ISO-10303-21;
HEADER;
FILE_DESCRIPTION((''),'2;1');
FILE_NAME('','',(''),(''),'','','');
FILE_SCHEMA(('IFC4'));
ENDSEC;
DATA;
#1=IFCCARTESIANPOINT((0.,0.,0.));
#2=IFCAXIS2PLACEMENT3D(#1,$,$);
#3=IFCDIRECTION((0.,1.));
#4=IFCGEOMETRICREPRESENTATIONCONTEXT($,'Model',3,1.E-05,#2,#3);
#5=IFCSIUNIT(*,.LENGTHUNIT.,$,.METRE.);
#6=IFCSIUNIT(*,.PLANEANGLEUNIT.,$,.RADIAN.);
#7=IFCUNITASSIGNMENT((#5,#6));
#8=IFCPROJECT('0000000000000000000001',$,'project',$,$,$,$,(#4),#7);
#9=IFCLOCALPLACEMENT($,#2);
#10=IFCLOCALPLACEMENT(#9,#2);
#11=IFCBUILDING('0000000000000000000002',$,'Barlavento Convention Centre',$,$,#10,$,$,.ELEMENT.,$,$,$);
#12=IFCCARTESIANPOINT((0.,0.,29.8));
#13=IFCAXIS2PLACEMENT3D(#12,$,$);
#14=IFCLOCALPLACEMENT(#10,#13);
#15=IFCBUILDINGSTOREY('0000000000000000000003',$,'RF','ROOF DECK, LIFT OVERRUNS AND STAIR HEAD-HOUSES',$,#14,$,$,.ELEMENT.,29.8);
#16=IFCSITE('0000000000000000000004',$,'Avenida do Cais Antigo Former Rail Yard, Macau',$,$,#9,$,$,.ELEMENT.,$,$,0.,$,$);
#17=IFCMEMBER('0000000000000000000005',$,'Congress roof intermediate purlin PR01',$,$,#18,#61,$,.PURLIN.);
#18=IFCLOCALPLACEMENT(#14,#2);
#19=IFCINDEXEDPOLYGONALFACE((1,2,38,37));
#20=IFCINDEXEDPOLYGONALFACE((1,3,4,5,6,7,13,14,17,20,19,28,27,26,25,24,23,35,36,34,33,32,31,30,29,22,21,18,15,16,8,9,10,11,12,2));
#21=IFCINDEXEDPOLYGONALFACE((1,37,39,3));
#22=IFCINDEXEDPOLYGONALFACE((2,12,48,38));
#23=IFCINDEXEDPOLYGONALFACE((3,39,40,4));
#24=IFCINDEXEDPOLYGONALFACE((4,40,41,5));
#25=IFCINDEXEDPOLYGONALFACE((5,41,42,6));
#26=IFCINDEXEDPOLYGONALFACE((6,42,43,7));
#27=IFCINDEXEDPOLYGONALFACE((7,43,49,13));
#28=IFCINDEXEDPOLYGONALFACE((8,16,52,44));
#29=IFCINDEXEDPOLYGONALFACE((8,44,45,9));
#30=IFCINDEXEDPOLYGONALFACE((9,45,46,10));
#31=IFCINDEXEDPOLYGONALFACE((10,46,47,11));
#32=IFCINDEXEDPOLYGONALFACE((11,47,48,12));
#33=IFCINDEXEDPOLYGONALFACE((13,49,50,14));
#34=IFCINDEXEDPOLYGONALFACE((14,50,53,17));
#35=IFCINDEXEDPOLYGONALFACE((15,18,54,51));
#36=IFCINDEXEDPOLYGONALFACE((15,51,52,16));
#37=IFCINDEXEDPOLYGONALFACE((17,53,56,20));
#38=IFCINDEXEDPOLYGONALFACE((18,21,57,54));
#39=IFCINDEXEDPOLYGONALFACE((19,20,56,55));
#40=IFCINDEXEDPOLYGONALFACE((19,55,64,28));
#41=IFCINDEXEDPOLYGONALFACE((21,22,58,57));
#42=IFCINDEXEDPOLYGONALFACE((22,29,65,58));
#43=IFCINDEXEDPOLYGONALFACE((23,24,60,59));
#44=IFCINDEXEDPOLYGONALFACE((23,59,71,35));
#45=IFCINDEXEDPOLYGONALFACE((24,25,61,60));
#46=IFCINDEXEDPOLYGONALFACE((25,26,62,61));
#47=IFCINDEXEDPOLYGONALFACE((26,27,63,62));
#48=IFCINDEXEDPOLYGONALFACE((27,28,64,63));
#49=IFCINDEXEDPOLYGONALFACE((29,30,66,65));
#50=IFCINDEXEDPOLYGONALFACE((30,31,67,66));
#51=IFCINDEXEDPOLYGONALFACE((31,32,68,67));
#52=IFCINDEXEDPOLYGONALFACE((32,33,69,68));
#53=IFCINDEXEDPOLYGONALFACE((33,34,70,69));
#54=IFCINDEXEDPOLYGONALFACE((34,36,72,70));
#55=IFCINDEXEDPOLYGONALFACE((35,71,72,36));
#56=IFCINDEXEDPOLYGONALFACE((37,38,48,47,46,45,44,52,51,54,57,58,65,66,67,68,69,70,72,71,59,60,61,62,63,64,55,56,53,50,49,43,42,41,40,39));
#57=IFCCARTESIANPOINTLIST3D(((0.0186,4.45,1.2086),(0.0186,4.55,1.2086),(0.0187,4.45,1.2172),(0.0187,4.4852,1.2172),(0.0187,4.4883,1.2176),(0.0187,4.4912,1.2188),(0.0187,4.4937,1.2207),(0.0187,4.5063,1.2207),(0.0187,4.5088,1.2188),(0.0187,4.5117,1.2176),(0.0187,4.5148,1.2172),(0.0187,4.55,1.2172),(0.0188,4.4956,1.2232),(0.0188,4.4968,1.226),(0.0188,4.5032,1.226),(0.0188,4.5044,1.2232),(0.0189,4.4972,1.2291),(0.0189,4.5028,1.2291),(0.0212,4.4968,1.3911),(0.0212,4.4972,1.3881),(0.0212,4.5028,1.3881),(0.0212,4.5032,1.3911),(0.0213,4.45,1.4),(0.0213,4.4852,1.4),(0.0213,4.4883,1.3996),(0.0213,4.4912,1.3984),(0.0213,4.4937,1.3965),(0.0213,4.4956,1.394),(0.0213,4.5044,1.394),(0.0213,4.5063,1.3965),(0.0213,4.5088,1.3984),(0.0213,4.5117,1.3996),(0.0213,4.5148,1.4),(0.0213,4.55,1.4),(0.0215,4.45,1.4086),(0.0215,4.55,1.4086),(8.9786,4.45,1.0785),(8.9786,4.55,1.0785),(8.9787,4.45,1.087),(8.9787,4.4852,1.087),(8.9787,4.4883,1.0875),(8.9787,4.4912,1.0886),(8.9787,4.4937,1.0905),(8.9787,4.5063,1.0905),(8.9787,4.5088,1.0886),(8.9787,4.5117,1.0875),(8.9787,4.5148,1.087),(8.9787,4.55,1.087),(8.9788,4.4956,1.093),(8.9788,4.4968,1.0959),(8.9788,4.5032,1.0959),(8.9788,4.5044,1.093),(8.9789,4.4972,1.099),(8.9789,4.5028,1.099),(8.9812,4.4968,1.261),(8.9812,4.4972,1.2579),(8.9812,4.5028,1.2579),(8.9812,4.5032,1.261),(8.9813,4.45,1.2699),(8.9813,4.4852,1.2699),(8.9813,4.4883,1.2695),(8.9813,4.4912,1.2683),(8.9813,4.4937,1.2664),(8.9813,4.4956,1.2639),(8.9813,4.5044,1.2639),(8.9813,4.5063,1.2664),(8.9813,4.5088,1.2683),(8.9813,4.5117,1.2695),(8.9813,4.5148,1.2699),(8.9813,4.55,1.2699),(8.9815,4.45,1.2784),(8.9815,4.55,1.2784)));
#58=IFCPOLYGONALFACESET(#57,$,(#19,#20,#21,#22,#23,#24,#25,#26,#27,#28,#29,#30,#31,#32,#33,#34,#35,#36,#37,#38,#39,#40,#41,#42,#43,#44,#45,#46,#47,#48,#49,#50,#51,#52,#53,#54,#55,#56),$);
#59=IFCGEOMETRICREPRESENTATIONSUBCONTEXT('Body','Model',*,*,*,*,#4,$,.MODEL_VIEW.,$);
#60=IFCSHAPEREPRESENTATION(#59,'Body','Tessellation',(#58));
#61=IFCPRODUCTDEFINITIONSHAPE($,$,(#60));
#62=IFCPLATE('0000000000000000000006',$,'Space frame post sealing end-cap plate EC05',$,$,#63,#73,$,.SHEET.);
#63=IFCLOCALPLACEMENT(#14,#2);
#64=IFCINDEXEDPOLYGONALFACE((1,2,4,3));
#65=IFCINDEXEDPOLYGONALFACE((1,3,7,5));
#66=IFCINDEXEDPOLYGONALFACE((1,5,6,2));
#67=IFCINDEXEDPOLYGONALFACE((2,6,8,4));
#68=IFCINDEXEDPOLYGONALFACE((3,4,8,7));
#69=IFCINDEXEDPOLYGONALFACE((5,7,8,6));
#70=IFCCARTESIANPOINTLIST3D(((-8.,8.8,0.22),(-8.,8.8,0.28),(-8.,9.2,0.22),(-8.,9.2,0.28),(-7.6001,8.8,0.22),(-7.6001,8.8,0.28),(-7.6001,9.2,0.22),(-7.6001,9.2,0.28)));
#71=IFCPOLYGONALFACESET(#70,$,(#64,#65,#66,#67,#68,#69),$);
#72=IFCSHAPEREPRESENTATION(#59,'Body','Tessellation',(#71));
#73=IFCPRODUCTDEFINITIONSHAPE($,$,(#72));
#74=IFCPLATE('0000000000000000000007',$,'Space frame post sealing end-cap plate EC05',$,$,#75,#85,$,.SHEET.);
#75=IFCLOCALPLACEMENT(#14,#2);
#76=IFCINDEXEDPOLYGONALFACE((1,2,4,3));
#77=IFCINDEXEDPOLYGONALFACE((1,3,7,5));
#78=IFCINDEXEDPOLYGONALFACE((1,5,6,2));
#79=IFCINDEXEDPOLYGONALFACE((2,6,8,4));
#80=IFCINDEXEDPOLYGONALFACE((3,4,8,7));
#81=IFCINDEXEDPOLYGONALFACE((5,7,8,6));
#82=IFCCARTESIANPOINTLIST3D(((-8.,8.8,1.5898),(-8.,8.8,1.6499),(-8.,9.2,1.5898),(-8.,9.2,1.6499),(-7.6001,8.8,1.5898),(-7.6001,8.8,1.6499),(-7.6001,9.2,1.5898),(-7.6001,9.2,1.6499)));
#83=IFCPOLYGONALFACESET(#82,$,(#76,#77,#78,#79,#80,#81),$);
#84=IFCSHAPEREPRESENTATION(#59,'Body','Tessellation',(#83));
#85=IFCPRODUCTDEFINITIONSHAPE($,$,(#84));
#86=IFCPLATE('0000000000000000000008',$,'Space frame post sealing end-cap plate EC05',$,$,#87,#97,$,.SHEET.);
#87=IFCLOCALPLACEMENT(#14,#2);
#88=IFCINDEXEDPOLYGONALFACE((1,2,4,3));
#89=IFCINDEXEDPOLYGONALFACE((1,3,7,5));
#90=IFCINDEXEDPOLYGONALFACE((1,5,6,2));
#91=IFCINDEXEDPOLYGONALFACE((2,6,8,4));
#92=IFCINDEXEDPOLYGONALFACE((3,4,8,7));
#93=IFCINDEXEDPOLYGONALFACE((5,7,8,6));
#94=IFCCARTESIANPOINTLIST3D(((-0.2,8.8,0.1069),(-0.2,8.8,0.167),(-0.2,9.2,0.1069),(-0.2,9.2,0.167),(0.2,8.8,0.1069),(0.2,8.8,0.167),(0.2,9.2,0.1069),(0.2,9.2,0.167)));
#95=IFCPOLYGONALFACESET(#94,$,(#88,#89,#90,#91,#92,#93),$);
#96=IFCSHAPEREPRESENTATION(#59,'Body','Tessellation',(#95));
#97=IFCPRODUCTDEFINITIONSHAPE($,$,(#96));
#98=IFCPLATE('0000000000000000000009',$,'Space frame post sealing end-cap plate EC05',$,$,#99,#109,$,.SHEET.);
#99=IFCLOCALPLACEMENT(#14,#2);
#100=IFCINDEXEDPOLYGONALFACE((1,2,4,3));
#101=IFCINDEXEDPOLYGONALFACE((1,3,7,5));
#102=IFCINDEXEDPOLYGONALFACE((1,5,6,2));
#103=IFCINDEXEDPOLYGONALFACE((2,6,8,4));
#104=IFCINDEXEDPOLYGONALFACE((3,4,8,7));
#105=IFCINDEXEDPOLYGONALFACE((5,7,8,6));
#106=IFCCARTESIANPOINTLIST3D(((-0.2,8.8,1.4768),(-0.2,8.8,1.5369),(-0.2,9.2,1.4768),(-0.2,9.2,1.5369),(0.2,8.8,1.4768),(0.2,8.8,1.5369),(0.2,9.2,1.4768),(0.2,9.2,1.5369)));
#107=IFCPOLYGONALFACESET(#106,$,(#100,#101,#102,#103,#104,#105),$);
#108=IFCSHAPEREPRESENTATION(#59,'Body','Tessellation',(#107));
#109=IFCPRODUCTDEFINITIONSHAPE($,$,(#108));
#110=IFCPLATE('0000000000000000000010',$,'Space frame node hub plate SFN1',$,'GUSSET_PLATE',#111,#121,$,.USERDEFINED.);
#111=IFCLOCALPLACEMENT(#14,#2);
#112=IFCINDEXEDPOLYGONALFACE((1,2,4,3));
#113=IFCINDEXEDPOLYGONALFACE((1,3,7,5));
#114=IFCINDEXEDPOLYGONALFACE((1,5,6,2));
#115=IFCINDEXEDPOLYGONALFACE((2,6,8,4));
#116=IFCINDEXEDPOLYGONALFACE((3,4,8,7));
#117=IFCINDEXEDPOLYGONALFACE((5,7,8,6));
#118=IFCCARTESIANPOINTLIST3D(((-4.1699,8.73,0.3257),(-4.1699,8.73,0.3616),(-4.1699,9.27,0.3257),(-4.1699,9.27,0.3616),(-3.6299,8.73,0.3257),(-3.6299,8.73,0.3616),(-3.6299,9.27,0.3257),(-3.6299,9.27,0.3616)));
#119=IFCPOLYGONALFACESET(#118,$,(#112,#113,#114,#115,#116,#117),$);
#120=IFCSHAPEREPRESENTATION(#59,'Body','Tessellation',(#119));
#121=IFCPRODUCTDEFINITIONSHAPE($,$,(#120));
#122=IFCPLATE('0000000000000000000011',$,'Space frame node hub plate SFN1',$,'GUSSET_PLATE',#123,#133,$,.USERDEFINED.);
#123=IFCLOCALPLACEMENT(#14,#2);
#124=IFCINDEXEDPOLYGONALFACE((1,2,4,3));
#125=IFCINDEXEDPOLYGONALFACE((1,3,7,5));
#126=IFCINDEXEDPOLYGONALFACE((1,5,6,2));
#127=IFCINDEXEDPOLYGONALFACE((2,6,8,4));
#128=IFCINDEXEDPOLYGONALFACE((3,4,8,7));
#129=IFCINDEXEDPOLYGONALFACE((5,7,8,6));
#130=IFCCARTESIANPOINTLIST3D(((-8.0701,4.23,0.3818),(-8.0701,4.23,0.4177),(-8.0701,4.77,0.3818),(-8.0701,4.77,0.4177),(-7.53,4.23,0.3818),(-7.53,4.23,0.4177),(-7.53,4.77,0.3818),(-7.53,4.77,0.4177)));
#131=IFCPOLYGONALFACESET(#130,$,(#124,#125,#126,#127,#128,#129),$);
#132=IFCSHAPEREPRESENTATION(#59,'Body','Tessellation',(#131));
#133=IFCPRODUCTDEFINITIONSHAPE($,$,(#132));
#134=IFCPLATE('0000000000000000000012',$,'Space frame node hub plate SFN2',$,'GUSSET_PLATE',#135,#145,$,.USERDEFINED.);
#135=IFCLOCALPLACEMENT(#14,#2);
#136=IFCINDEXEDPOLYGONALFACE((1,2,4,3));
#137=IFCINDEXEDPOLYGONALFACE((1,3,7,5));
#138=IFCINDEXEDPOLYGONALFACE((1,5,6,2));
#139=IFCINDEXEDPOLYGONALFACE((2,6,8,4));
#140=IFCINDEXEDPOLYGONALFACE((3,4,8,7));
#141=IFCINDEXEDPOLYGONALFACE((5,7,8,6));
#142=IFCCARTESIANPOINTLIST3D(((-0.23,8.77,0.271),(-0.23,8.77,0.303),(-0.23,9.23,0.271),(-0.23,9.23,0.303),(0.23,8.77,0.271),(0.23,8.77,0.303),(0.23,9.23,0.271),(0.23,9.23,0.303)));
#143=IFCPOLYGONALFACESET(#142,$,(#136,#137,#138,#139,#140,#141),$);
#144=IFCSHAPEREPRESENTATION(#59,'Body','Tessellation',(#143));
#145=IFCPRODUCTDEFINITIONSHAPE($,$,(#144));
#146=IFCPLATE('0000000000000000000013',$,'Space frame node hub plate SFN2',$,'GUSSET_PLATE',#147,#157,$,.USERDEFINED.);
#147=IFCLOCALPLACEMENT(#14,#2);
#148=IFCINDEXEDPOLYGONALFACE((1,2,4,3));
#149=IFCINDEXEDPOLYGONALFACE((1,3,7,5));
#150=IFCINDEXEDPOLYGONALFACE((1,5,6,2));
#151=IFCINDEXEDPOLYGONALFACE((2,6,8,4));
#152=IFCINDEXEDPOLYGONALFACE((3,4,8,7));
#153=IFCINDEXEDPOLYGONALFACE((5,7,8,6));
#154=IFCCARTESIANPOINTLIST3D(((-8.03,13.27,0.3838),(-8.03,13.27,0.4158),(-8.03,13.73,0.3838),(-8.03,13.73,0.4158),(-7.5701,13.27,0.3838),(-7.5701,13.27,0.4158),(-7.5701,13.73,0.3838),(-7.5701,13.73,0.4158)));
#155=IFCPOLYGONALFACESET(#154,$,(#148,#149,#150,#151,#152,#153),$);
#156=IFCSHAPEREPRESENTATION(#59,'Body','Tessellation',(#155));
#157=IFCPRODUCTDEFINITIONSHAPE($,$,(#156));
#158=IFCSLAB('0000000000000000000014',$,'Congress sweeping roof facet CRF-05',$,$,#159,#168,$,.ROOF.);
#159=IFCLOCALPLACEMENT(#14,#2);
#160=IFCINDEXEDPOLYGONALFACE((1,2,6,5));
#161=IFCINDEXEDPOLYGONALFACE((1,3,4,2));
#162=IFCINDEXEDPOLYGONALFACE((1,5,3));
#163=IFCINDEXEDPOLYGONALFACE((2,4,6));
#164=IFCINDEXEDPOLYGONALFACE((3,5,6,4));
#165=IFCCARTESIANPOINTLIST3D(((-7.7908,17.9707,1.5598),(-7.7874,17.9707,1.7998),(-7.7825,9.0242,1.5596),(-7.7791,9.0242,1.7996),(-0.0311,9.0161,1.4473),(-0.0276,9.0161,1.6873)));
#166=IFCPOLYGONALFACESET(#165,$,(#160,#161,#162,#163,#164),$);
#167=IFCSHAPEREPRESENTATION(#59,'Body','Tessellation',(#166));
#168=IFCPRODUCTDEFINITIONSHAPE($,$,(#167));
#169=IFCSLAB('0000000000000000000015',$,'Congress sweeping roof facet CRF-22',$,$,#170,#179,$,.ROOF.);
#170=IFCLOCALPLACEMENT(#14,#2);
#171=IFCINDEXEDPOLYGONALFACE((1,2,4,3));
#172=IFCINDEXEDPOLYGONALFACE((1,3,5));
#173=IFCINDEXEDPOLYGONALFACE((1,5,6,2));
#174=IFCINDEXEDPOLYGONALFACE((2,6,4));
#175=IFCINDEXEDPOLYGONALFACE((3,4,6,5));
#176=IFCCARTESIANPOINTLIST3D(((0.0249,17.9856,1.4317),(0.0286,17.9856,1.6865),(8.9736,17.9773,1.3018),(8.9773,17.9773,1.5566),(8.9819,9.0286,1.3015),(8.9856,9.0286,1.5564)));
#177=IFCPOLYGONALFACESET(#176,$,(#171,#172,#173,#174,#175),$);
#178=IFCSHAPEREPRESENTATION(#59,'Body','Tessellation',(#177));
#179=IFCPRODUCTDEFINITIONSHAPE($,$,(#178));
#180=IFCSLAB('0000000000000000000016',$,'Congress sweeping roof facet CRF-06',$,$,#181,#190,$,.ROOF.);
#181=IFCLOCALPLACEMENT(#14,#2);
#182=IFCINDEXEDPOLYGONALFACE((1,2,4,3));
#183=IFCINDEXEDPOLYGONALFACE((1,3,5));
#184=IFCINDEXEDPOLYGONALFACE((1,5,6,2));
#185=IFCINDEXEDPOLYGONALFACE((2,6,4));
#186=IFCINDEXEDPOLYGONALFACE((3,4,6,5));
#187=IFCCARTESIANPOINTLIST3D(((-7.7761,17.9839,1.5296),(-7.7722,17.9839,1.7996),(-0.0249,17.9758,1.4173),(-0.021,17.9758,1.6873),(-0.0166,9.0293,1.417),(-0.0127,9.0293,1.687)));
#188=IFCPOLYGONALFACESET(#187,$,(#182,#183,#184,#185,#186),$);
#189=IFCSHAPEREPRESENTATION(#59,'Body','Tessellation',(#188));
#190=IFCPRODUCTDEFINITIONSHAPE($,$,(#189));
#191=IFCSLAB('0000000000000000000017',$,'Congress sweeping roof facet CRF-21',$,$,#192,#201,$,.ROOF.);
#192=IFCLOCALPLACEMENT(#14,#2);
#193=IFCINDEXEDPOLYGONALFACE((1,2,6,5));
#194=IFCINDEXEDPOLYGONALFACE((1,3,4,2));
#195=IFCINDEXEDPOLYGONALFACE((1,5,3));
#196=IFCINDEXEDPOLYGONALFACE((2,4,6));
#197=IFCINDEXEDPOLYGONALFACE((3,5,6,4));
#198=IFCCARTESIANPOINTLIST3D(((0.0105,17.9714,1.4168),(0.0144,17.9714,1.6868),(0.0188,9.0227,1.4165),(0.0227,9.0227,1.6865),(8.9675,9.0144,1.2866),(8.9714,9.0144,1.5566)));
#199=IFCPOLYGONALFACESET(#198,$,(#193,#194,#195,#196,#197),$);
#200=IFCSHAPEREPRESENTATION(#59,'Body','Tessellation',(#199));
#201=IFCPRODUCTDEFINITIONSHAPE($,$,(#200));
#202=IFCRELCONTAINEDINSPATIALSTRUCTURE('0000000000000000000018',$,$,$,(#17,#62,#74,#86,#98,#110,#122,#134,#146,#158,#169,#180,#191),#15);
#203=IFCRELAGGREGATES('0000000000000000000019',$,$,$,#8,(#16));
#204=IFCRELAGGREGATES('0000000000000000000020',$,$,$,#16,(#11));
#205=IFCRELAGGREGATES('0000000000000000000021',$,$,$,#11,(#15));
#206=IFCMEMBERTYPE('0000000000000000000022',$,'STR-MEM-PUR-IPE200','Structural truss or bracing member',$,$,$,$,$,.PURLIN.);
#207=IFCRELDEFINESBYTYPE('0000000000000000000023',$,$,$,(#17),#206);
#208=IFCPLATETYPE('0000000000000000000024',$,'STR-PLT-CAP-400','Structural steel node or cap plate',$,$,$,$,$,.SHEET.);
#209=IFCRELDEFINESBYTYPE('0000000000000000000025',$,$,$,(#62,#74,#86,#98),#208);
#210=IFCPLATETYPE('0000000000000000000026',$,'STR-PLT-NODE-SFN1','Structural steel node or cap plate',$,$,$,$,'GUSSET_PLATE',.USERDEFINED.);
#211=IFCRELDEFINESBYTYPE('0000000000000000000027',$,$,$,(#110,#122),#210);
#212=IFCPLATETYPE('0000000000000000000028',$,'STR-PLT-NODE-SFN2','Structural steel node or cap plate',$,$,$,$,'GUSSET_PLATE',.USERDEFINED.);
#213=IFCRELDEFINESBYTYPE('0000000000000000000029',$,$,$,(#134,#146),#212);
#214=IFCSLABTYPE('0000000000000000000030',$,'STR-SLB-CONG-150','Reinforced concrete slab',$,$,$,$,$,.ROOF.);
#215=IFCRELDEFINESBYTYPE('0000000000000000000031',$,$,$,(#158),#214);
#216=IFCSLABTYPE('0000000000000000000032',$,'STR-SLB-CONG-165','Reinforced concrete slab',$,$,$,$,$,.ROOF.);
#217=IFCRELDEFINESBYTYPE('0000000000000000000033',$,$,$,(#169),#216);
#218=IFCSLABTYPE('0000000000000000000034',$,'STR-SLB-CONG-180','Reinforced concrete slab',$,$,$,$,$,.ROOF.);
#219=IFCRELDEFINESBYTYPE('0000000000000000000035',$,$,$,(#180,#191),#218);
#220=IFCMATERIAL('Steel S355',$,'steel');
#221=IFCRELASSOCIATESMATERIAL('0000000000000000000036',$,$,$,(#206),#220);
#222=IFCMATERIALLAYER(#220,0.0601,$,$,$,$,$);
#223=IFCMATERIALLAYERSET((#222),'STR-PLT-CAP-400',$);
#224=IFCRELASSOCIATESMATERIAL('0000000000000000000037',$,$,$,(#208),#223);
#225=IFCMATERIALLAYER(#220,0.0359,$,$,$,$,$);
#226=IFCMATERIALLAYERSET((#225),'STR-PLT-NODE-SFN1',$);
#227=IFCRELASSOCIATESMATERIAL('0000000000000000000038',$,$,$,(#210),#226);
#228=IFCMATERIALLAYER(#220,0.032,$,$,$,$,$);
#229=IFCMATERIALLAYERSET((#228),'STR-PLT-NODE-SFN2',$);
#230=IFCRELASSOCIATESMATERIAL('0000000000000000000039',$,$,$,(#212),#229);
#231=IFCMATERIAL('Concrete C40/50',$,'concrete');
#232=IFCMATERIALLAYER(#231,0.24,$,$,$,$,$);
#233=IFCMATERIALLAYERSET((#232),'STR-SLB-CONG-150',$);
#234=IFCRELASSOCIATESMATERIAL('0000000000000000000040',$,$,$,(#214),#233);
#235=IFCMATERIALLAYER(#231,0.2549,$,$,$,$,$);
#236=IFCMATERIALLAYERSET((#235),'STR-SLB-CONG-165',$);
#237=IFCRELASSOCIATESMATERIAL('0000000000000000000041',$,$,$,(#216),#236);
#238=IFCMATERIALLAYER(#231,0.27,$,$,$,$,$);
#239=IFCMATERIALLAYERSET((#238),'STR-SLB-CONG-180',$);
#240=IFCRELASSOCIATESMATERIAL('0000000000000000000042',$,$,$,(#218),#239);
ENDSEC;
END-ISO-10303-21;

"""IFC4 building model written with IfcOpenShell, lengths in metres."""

from ifc_helpers import new_model, si_unit, direction, frame, origin, origin_2d, place, context, subcontext, project, spatial, polyline, rectangle, i_section, outline, extrude, material, layer, layer_set, material_profile, profile_set, type_object, element, save


model = new_model("IFC4")

# Units and contexts
model_context = context("Model", 3, precision=1e-05, world=origin(), true_north=direction((0.0, 1.0)))
body_context = subcontext(model_context, "Body", "Model", "MODEL_VIEW")
ifc_project = project(units=[si_unit("LENGTHUNIT", "METRE"), si_unit("PLANEANGLEUNIT", "RADIAN")], contexts=[model_context])

# Site, building, storey
site_placement = place(None, origin())
site = spatial("IfcSite", under=ifc_project, at=site_placement, Name="Avenida do Cais Antigo Former Rail Yard, Macau", CompositionType="ELEMENT", RefElevation=0.0)
building_placement = place(site_placement, origin())
building = spatial("IfcBuilding", under=site, at=building_placement, Name="Barlavento Convention Centre", CompositionType="ELEMENT")
storey_placement = place(building_placement, frame((0.0, 0.0, 29.8)))
storey = spatial("IfcBuildingStorey", under=building, at=storey_placement, Name="RF", Description="ROOF DECK, LIFT OVERRUNS AND STAIR HEAD-HOUSES", CompositionType="ELEMENT", Elevation=29.8)

# Shared definitions
ifc_material_1 = material(Name="Steel S355", Category="steel")

# Member
ifc_material_profile_1 = material_profile(ifc_material_1, i_section(OverallWidth=0.1001, OverallDepth=0.2, WebThickness=0.0056, FlangeThickness=0.0085, FilletRadius=0.012, at=origin_2d()), Name="IPE 200")
ifc_profile_set_1 = profile_set([ifc_material_profile_1], Name="Steel S355")
member_type_1 = type_object("IfcMemberType", Name="STR-MEM-PUR-IPE200", Description="Structural truss or bracing member", PredefinedType="PURLIN", material=ifc_profile_set_1)
member_1_placement = place(storey_placement, frame((0.02, 4.5, 1.3086), z_axis=(0.999895, 0.0, -0.014522), x_axis=(0.0, 1.0, 0.0)))
element("IfcMember", 1, at=member_1_placement, inside=storey, type_object=member_type_1, Name="Congress roof intermediate purlin PR01", PredefinedType="PURLIN", context=body_context, shape_type="SweptSolid", body=[
    extrude(i_section(OverallWidth=0.1001, OverallDepth=0.2, WebThickness=0.0056, FlangeThickness=0.0085, FilletRadius=0.012, at=origin_2d()), origin(), (0.0, 0.0, 1.0), 8.9609),
])

# Plates
ifc_layer_1 = layer(ifc_material_1, 0.0601)
ifc_layer_set_1 = layer_set([ifc_layer_1], Name="STR-PLT-CAP-400")
plate_type_1 = type_object("IfcPlateType", Name="STR-PLT-CAP-400", Description="Structural steel node or cap plate", PredefinedType="SHEET", material=ifc_layer_set_1)
for number, where, z_axis, x_axis, name in (
    (2, (-7.8, 9.0, 0.22), (0.0, 0.0, 1.0), (1.0, 0.0, 0.0), "Space frame post sealing end-cap plate EC05"),
    (3, (-7.8, 9.0, 1.5898), (0.0, 0.0, 1.0), (1.0, 0.0, 0.0), "Space frame post sealing end-cap plate EC05"),
    (4, (0.0, 9.0, 0.1069), (0.0, 0.0, 1.0), (1.0, 0.0, 0.0), "Space frame post sealing end-cap plate EC05"),
    (5, (0.0, 9.0, 1.4768), (0.0, 0.0, 1.0), (1.0, 0.0, 0.0), "Space frame post sealing end-cap plate EC05"),
):
    element("IfcPlate", number, at=place(storey_placement, frame(where, z_axis=z_axis, x_axis=x_axis)), inside=storey, type_object=plate_type_1, Name=name, PredefinedType="SHEET", context=body_context, shape_type="SweptSolid", body=[
        extrude(rectangle(XDim=0.3999, YDim=0.3999, at=origin_2d()), origin(), (0.0, 0.0, 1.0), 0.0601),
    ])
ifc_layer_2 = layer(ifc_material_1, 0.0359)
ifc_layer_set_2 = layer_set([ifc_layer_2], Name="STR-PLT-NODE-SFN1")
plate_type_2 = type_object("IfcPlateType", Name="STR-PLT-NODE-SFN1", Description="Structural steel node or cap plate", ElementType="GUSSET_PLATE", PredefinedType="USERDEFINED", material=ifc_layer_set_2)
for number, where, z_axis, x_axis, name in (
    (6, (-3.8999, 9.0, 0.3257), (0.0, 0.0, 1.0), (1.0, 0.0, 0.0), "Space frame node hub plate SFN1"),
    (7, (-7.8, 4.5, 0.3818), (0.0, 0.0, 1.0), (1.0, 0.0, 0.0), "Space frame node hub plate SFN1"),
):
    element("IfcPlate", number, at=place(storey_placement, frame(where, z_axis=z_axis, x_axis=x_axis)), inside=storey, type_object=plate_type_2, Name=name, ObjectType="GUSSET_PLATE", PredefinedType="USERDEFINED", context=body_context, shape_type="SweptSolid", body=[
        extrude(rectangle(XDim=0.54, YDim=0.54, at=origin_2d()), origin(), (0.0, 0.0, 1.0), 0.0359),
    ])
ifc_layer_3 = layer(ifc_material_1, 0.032)
ifc_layer_set_3 = layer_set([ifc_layer_3], Name="STR-PLT-NODE-SFN2")
plate_type_3 = type_object("IfcPlateType", Name="STR-PLT-NODE-SFN2", Description="Structural steel node or cap plate", ElementType="GUSSET_PLATE", PredefinedType="USERDEFINED", material=ifc_layer_set_3)
for number, where, z_axis, x_axis, name in (
    (8, (0.0, 9.0, 0.271), (0.0, 0.0, 1.0), (1.0, 0.0, 0.0), "Space frame node hub plate SFN2"),
    (9, (-7.8, 13.5, 0.3838), (0.0, 0.0, 1.0), (1.0, 0.0, 0.0), "Space frame node hub plate SFN2"),
):
    element("IfcPlate", number, at=place(storey_placement, frame(where, z_axis=z_axis, x_axis=x_axis)), inside=storey, type_object=plate_type_3, Name=name, ObjectType="GUSSET_PLATE", PredefinedType="USERDEFINED", context=body_context, shape_type="SweptSolid", body=[
        extrude(rectangle(XDim=0.46, YDim=0.46, at=origin_2d()), origin(), (0.0, 0.0, 1.0), 0.032),
    ])

# Slabs
ifc_material_2 = material(Name="Concrete C40/50", Category="concrete")
ifc_layer_4 = layer(ifc_material_2, 0.24)
ifc_layer_set_4 = layer_set([ifc_layer_4], Name="STR-SLB-CONG-150")
slab_type_1 = type_object("IfcSlabType", Name="STR-SLB-CONG-150", Description="Reinforced concrete slab", PredefinedType="ROOF", material=ifc_layer_set_4)
slab_1_placement = place(storey_placement, frame((-7.7791, 9.0242, 1.7996), z_axis=(0.014487, -0.000014, 0.999895), x_axis=(0.999895, -0.001039, -0.014487)))
element("IfcSlab", 10, at=slab_1_placement, inside=storey, type_object=slab_type_1, Name="Congress sweeping roof facet CRF-05", PredefinedType="ROOF", context=body_context, shape_type="SweptSolid", body=[
    extrude(outline(polyline([(0.0, 0.0), (7.7523, 0.0), (-0.0176, 8.9465), (0.0, 0.0)])), origin(), (0.0, 0.0, -1.0), 0.24),
])
ifc_layer_5 = layer(ifc_material_2, 0.2549)
ifc_layer_set_5 = layer_set([ifc_layer_5], Name="STR-SLB-CONG-165")
slab_type_2 = type_object("IfcSlabType", Name="STR-SLB-CONG-165", Description="Reinforced concrete slab", PredefinedType="ROOF", material=ifc_layer_set_5)
slab_2_placement = place(storey_placement, frame((8.9856, 9.0286, 1.5564), z_axis=(0.014513, -0.000014, 0.999895), x_axis=(-0.000928, 1.0, 0.000027)))
element("IfcSlab", 11, at=slab_2_placement, inside=storey, type_object=slab_type_2, Name="Congress sweeping roof facet CRF-22", PredefinedType="ROOF", context=body_context, shape_type="SweptSolid", body=[
    extrude(outline(polyline([(0.0, 0.0), (8.9487, 0.0), (8.9653, 8.9497), (0.0, 0.0)])), origin(), (0.0, 0.0, -1.0), 0.2549),
])
ifc_layer_6 = layer(ifc_material_2, 0.27)
ifc_layer_set_6 = layer_set([ifc_layer_6], Name="STR-SLB-CONG-180")
slab_type_3 = type_object("IfcSlabType", Name="STR-SLB-CONG-180", Description="Reinforced concrete slab", PredefinedType="ROOF", material=ifc_layer_set_6)
slab_3_placement = place(storey_placement, frame((-0.0127, 9.0293, 1.687), z_axis=(0.014487, -0.000014, 0.999895), x_axis=(-0.000928, 1.0, 0.000027)))
element("IfcSlab", 12, at=slab_3_placement, inside=storey, type_object=slab_type_3, Name="Congress sweeping roof facet CRF-06", PredefinedType="ROOF", context=body_context, shape_type="SweptSolid", body=[
    extrude(outline(polyline([(0.0, 0.0), (8.9465, 0.0), (8.9618, 7.752), (0.0, 0.0)])), origin(), (0.0, 0.0, -1.0), 0.27),
])
slab_4_placement = place(storey_placement, frame((0.0227, 9.0227, 1.6865), z_axis=(0.014513, -0.000014, 0.999895), x_axis=(0.999894, -0.000927, -0.014513)))
element("IfcSlab", 13, at=slab_4_placement, inside=storey, type_object=slab_type_3, Name="Congress sweeping roof facet CRF-21", PredefinedType="ROOF", context=body_context, shape_type="SweptSolid", body=[
    extrude(outline(polyline([(0.0, 0.0), (8.9497, 0.0), (-0.0166, 8.9487), (0.0, 0.0)])), origin(), (0.0, 0.0, -1.0), 0.27),
])

save(model, "model.ifc")
